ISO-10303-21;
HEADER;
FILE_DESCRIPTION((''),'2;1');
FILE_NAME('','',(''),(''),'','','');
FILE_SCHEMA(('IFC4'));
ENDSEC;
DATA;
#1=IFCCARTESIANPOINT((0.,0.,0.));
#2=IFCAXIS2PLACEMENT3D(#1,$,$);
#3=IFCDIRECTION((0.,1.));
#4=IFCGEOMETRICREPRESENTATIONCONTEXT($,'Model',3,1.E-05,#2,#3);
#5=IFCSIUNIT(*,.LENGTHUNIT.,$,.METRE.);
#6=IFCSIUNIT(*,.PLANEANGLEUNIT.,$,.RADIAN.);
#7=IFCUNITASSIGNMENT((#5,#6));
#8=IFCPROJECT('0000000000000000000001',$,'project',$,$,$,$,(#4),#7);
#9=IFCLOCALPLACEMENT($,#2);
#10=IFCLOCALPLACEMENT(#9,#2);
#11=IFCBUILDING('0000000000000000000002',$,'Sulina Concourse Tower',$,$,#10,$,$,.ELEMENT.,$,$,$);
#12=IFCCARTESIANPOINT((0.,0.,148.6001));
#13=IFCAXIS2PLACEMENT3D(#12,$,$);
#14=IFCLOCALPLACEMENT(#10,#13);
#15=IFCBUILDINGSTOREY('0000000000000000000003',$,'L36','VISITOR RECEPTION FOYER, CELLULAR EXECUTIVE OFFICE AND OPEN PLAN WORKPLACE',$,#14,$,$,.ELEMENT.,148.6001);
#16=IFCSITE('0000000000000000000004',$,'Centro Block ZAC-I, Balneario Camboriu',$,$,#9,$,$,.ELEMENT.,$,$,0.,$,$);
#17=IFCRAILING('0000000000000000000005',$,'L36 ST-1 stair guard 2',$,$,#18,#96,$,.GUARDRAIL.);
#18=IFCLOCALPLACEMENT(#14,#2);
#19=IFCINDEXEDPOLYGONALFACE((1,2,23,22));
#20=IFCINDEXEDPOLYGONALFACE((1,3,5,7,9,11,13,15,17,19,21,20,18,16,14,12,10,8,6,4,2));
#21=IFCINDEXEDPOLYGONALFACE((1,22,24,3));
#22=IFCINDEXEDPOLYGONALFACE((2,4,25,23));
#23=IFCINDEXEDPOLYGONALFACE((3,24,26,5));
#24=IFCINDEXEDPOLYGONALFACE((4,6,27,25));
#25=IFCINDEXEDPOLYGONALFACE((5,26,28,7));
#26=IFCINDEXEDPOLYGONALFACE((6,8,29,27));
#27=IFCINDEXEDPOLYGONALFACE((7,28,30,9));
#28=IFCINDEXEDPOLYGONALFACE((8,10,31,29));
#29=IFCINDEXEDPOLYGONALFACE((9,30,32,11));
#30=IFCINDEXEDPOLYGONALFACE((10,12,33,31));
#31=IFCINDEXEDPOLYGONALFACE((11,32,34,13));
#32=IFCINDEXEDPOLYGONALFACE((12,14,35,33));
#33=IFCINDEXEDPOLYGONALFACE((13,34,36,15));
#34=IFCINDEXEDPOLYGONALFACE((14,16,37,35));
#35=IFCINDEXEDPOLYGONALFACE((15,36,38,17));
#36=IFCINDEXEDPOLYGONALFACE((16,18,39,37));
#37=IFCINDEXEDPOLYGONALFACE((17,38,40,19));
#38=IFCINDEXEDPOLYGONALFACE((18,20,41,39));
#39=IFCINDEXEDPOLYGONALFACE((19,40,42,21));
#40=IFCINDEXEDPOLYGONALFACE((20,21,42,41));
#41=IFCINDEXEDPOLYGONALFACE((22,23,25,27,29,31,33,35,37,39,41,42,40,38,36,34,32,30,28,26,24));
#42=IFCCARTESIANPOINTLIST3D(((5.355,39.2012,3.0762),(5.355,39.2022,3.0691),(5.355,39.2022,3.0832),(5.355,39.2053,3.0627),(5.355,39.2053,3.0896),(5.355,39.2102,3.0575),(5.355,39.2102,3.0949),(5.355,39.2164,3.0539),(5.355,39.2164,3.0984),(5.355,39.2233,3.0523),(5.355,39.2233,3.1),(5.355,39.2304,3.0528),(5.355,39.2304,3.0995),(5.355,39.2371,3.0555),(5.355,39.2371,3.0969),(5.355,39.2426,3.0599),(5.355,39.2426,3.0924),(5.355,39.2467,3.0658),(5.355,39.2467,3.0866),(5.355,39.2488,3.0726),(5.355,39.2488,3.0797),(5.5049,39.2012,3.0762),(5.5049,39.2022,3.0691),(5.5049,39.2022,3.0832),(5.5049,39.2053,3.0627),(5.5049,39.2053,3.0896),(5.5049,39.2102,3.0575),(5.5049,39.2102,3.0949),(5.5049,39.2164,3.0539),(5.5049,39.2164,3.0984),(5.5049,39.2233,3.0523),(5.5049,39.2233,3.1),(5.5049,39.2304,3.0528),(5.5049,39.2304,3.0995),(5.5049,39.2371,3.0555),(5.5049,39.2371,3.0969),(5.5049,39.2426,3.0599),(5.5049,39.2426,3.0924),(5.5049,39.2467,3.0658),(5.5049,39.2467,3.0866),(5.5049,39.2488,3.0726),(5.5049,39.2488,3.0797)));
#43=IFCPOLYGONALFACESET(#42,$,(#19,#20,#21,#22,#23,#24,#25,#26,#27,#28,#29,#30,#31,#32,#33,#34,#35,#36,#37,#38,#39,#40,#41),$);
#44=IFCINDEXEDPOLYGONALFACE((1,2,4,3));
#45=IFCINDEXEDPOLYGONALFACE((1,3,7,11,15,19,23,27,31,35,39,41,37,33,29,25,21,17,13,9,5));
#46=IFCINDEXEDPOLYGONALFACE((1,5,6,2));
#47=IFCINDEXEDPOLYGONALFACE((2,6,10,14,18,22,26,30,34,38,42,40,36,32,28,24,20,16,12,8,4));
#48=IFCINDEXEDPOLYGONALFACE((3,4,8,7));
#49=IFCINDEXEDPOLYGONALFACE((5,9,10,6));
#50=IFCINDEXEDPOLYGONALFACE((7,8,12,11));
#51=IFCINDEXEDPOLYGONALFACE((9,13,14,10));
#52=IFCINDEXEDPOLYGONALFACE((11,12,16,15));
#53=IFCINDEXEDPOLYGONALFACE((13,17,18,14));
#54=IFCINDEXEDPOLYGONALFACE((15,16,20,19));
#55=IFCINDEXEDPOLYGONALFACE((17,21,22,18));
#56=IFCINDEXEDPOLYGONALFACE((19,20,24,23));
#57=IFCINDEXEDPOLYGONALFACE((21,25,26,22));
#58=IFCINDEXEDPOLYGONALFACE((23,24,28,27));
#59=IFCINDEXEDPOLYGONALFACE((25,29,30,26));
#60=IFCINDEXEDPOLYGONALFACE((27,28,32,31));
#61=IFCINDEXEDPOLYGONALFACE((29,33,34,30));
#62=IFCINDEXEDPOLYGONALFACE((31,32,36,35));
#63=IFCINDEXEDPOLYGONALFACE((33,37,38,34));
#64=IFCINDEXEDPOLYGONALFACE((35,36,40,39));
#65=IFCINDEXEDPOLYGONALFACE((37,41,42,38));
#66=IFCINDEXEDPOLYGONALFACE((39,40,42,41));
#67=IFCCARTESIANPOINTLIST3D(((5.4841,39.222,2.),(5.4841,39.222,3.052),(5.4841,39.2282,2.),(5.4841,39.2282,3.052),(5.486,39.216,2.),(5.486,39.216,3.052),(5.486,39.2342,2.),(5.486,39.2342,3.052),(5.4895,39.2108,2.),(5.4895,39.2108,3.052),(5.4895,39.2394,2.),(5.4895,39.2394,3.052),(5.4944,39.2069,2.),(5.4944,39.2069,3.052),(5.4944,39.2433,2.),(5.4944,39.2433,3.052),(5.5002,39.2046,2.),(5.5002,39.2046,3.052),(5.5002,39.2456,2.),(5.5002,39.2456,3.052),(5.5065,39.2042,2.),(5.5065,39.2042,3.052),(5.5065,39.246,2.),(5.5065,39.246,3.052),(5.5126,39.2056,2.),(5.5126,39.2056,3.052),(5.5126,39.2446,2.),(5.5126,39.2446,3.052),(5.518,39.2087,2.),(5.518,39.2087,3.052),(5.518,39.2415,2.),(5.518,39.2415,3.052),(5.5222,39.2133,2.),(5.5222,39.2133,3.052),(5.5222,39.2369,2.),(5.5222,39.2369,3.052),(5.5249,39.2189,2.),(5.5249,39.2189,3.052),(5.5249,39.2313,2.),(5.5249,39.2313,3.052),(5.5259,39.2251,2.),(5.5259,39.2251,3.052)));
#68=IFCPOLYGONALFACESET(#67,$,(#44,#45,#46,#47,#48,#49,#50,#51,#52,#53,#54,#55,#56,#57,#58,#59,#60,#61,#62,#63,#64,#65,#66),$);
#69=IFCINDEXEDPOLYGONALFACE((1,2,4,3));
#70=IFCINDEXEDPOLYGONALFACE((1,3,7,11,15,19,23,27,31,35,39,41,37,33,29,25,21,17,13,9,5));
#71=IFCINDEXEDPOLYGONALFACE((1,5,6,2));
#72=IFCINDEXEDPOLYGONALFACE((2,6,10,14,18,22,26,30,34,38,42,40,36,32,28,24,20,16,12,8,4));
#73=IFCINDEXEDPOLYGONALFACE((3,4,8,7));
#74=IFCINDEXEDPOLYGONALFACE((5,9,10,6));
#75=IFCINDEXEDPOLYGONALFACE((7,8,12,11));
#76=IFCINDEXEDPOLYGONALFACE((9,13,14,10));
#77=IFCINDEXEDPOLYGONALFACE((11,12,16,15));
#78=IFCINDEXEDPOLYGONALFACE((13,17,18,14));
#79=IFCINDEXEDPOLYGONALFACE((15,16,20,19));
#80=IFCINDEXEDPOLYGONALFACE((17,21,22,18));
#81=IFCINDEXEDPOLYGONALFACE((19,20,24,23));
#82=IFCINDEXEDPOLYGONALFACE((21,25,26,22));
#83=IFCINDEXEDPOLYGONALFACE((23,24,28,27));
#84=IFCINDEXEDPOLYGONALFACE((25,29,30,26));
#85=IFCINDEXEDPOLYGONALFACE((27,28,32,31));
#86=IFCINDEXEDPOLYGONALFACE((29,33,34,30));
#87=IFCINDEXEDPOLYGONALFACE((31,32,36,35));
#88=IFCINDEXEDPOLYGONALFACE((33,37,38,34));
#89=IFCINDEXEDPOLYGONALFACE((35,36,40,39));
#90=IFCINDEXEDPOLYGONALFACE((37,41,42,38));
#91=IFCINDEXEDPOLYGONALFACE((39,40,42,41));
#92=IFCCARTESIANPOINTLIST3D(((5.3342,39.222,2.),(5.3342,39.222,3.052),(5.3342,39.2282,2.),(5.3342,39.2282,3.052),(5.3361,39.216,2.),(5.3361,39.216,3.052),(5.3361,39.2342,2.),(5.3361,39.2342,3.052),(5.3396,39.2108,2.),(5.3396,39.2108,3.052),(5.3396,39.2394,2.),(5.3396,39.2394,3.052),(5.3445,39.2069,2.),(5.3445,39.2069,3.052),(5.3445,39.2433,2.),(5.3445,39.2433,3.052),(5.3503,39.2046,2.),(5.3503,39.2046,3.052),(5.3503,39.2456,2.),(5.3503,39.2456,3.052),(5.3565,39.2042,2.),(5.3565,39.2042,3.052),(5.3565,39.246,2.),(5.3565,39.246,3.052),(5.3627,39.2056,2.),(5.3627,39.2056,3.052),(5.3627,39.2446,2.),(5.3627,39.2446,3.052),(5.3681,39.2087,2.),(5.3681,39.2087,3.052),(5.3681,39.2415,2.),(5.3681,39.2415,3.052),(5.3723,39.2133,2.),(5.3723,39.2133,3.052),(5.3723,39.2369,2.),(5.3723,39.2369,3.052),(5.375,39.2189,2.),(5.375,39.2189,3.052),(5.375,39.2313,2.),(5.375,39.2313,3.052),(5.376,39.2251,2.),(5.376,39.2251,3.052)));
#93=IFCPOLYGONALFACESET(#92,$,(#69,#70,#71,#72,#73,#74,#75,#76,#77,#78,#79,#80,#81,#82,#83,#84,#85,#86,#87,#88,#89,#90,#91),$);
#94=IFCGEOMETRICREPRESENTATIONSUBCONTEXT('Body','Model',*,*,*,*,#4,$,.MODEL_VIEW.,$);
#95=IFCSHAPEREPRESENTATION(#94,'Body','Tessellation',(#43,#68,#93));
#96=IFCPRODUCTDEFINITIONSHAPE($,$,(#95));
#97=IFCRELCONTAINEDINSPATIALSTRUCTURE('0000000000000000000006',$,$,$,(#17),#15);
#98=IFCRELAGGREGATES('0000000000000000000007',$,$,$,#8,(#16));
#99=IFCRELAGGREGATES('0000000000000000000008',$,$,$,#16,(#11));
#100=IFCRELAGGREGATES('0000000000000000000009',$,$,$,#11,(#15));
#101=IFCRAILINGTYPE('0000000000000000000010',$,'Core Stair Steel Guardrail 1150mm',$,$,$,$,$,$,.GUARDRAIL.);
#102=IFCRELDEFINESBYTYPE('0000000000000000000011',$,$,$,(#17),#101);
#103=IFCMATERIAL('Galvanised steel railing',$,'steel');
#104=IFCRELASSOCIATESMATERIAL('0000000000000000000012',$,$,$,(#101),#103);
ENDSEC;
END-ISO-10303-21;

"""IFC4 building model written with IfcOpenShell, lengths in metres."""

from ifc_helpers import new_model, si_unit, direction, frame, origin, origin_2d, place, context, subcontext, project, spatial, circle, extrude, material, type_object, element, save


model = new_model("IFC4")

# Units and contexts
model_context = context("Model", 3, precision=1e-05, world=origin(), true_north=direction((0.0, 1.0)))
body_context = subcontext(model_context, "Body", "Model", "MODEL_VIEW")
ifc_project = project(units=[si_unit("LENGTHUNIT", "METRE"), si_unit("PLANEANGLEUNIT", "RADIAN")], contexts=[model_context])

# Site, building, storey
site_placement = place(None, origin())
site = spatial("IfcSite", under=ifc_project, at=site_placement, Name="Centro Block ZAC-I, Balneario Camboriu", CompositionType="ELEMENT", RefElevation=0.0)
building_placement = place(site_placement, origin())
building = spatial("IfcBuilding", under=site, at=building_placement, Name="Sulina Concourse Tower", CompositionType="ELEMENT")
storey_placement = place(building_placement, frame((0.0, 0.0, 148.6001)))
storey = spatial("IfcBuildingStorey", under=building, at=storey_placement, Name="L36", Description="VISITOR RECEPTION FOYER, CELLULAR EXECUTIVE OFFICE AND OPEN PLAN WORKPLACE", CompositionType="ELEMENT", Elevation=148.6001)

# Railing
ifc_material_1 = material(Name="Galvanised steel railing", Category="steel")
railing_type_1 = type_object("IfcRailingType", Name="Core Stair Steel Guardrail 1150mm", PredefinedType="GUARDRAIL", material=ifc_material_1)
railing_1_placement = place(storey_placement, frame((5.5049, 39.2251, 2.0)))
element("IfcRailing", 1, at=railing_1_placement, inside=storey, type_object=railing_type_1, Name="L36 ST-1 stair guard 2", PredefinedType="GUARDRAIL", context=body_context, shape_type="SweptSolid", body=[
    extrude(circle(Radius=0.0239, at=origin_2d()), frame((0.0, 0.0, 1.0762), z_axis=(-1.0, 0.0, 0.0), x_axis=(0.0, -1.0, 0.0)), (0.0, 0.0, 1.0), 0.1499),
    extrude(circle(Radius=0.021, at=origin_2d()), origin(), (0.0, 0.0, 1.0), 1.052),
    extrude(circle(Radius=0.021, at=origin_2d()), frame((-0.1499, 0.0, 0.0)), (0.0, 0.0, 1.0), 1.052),
])

save(model, "model.ifc")
